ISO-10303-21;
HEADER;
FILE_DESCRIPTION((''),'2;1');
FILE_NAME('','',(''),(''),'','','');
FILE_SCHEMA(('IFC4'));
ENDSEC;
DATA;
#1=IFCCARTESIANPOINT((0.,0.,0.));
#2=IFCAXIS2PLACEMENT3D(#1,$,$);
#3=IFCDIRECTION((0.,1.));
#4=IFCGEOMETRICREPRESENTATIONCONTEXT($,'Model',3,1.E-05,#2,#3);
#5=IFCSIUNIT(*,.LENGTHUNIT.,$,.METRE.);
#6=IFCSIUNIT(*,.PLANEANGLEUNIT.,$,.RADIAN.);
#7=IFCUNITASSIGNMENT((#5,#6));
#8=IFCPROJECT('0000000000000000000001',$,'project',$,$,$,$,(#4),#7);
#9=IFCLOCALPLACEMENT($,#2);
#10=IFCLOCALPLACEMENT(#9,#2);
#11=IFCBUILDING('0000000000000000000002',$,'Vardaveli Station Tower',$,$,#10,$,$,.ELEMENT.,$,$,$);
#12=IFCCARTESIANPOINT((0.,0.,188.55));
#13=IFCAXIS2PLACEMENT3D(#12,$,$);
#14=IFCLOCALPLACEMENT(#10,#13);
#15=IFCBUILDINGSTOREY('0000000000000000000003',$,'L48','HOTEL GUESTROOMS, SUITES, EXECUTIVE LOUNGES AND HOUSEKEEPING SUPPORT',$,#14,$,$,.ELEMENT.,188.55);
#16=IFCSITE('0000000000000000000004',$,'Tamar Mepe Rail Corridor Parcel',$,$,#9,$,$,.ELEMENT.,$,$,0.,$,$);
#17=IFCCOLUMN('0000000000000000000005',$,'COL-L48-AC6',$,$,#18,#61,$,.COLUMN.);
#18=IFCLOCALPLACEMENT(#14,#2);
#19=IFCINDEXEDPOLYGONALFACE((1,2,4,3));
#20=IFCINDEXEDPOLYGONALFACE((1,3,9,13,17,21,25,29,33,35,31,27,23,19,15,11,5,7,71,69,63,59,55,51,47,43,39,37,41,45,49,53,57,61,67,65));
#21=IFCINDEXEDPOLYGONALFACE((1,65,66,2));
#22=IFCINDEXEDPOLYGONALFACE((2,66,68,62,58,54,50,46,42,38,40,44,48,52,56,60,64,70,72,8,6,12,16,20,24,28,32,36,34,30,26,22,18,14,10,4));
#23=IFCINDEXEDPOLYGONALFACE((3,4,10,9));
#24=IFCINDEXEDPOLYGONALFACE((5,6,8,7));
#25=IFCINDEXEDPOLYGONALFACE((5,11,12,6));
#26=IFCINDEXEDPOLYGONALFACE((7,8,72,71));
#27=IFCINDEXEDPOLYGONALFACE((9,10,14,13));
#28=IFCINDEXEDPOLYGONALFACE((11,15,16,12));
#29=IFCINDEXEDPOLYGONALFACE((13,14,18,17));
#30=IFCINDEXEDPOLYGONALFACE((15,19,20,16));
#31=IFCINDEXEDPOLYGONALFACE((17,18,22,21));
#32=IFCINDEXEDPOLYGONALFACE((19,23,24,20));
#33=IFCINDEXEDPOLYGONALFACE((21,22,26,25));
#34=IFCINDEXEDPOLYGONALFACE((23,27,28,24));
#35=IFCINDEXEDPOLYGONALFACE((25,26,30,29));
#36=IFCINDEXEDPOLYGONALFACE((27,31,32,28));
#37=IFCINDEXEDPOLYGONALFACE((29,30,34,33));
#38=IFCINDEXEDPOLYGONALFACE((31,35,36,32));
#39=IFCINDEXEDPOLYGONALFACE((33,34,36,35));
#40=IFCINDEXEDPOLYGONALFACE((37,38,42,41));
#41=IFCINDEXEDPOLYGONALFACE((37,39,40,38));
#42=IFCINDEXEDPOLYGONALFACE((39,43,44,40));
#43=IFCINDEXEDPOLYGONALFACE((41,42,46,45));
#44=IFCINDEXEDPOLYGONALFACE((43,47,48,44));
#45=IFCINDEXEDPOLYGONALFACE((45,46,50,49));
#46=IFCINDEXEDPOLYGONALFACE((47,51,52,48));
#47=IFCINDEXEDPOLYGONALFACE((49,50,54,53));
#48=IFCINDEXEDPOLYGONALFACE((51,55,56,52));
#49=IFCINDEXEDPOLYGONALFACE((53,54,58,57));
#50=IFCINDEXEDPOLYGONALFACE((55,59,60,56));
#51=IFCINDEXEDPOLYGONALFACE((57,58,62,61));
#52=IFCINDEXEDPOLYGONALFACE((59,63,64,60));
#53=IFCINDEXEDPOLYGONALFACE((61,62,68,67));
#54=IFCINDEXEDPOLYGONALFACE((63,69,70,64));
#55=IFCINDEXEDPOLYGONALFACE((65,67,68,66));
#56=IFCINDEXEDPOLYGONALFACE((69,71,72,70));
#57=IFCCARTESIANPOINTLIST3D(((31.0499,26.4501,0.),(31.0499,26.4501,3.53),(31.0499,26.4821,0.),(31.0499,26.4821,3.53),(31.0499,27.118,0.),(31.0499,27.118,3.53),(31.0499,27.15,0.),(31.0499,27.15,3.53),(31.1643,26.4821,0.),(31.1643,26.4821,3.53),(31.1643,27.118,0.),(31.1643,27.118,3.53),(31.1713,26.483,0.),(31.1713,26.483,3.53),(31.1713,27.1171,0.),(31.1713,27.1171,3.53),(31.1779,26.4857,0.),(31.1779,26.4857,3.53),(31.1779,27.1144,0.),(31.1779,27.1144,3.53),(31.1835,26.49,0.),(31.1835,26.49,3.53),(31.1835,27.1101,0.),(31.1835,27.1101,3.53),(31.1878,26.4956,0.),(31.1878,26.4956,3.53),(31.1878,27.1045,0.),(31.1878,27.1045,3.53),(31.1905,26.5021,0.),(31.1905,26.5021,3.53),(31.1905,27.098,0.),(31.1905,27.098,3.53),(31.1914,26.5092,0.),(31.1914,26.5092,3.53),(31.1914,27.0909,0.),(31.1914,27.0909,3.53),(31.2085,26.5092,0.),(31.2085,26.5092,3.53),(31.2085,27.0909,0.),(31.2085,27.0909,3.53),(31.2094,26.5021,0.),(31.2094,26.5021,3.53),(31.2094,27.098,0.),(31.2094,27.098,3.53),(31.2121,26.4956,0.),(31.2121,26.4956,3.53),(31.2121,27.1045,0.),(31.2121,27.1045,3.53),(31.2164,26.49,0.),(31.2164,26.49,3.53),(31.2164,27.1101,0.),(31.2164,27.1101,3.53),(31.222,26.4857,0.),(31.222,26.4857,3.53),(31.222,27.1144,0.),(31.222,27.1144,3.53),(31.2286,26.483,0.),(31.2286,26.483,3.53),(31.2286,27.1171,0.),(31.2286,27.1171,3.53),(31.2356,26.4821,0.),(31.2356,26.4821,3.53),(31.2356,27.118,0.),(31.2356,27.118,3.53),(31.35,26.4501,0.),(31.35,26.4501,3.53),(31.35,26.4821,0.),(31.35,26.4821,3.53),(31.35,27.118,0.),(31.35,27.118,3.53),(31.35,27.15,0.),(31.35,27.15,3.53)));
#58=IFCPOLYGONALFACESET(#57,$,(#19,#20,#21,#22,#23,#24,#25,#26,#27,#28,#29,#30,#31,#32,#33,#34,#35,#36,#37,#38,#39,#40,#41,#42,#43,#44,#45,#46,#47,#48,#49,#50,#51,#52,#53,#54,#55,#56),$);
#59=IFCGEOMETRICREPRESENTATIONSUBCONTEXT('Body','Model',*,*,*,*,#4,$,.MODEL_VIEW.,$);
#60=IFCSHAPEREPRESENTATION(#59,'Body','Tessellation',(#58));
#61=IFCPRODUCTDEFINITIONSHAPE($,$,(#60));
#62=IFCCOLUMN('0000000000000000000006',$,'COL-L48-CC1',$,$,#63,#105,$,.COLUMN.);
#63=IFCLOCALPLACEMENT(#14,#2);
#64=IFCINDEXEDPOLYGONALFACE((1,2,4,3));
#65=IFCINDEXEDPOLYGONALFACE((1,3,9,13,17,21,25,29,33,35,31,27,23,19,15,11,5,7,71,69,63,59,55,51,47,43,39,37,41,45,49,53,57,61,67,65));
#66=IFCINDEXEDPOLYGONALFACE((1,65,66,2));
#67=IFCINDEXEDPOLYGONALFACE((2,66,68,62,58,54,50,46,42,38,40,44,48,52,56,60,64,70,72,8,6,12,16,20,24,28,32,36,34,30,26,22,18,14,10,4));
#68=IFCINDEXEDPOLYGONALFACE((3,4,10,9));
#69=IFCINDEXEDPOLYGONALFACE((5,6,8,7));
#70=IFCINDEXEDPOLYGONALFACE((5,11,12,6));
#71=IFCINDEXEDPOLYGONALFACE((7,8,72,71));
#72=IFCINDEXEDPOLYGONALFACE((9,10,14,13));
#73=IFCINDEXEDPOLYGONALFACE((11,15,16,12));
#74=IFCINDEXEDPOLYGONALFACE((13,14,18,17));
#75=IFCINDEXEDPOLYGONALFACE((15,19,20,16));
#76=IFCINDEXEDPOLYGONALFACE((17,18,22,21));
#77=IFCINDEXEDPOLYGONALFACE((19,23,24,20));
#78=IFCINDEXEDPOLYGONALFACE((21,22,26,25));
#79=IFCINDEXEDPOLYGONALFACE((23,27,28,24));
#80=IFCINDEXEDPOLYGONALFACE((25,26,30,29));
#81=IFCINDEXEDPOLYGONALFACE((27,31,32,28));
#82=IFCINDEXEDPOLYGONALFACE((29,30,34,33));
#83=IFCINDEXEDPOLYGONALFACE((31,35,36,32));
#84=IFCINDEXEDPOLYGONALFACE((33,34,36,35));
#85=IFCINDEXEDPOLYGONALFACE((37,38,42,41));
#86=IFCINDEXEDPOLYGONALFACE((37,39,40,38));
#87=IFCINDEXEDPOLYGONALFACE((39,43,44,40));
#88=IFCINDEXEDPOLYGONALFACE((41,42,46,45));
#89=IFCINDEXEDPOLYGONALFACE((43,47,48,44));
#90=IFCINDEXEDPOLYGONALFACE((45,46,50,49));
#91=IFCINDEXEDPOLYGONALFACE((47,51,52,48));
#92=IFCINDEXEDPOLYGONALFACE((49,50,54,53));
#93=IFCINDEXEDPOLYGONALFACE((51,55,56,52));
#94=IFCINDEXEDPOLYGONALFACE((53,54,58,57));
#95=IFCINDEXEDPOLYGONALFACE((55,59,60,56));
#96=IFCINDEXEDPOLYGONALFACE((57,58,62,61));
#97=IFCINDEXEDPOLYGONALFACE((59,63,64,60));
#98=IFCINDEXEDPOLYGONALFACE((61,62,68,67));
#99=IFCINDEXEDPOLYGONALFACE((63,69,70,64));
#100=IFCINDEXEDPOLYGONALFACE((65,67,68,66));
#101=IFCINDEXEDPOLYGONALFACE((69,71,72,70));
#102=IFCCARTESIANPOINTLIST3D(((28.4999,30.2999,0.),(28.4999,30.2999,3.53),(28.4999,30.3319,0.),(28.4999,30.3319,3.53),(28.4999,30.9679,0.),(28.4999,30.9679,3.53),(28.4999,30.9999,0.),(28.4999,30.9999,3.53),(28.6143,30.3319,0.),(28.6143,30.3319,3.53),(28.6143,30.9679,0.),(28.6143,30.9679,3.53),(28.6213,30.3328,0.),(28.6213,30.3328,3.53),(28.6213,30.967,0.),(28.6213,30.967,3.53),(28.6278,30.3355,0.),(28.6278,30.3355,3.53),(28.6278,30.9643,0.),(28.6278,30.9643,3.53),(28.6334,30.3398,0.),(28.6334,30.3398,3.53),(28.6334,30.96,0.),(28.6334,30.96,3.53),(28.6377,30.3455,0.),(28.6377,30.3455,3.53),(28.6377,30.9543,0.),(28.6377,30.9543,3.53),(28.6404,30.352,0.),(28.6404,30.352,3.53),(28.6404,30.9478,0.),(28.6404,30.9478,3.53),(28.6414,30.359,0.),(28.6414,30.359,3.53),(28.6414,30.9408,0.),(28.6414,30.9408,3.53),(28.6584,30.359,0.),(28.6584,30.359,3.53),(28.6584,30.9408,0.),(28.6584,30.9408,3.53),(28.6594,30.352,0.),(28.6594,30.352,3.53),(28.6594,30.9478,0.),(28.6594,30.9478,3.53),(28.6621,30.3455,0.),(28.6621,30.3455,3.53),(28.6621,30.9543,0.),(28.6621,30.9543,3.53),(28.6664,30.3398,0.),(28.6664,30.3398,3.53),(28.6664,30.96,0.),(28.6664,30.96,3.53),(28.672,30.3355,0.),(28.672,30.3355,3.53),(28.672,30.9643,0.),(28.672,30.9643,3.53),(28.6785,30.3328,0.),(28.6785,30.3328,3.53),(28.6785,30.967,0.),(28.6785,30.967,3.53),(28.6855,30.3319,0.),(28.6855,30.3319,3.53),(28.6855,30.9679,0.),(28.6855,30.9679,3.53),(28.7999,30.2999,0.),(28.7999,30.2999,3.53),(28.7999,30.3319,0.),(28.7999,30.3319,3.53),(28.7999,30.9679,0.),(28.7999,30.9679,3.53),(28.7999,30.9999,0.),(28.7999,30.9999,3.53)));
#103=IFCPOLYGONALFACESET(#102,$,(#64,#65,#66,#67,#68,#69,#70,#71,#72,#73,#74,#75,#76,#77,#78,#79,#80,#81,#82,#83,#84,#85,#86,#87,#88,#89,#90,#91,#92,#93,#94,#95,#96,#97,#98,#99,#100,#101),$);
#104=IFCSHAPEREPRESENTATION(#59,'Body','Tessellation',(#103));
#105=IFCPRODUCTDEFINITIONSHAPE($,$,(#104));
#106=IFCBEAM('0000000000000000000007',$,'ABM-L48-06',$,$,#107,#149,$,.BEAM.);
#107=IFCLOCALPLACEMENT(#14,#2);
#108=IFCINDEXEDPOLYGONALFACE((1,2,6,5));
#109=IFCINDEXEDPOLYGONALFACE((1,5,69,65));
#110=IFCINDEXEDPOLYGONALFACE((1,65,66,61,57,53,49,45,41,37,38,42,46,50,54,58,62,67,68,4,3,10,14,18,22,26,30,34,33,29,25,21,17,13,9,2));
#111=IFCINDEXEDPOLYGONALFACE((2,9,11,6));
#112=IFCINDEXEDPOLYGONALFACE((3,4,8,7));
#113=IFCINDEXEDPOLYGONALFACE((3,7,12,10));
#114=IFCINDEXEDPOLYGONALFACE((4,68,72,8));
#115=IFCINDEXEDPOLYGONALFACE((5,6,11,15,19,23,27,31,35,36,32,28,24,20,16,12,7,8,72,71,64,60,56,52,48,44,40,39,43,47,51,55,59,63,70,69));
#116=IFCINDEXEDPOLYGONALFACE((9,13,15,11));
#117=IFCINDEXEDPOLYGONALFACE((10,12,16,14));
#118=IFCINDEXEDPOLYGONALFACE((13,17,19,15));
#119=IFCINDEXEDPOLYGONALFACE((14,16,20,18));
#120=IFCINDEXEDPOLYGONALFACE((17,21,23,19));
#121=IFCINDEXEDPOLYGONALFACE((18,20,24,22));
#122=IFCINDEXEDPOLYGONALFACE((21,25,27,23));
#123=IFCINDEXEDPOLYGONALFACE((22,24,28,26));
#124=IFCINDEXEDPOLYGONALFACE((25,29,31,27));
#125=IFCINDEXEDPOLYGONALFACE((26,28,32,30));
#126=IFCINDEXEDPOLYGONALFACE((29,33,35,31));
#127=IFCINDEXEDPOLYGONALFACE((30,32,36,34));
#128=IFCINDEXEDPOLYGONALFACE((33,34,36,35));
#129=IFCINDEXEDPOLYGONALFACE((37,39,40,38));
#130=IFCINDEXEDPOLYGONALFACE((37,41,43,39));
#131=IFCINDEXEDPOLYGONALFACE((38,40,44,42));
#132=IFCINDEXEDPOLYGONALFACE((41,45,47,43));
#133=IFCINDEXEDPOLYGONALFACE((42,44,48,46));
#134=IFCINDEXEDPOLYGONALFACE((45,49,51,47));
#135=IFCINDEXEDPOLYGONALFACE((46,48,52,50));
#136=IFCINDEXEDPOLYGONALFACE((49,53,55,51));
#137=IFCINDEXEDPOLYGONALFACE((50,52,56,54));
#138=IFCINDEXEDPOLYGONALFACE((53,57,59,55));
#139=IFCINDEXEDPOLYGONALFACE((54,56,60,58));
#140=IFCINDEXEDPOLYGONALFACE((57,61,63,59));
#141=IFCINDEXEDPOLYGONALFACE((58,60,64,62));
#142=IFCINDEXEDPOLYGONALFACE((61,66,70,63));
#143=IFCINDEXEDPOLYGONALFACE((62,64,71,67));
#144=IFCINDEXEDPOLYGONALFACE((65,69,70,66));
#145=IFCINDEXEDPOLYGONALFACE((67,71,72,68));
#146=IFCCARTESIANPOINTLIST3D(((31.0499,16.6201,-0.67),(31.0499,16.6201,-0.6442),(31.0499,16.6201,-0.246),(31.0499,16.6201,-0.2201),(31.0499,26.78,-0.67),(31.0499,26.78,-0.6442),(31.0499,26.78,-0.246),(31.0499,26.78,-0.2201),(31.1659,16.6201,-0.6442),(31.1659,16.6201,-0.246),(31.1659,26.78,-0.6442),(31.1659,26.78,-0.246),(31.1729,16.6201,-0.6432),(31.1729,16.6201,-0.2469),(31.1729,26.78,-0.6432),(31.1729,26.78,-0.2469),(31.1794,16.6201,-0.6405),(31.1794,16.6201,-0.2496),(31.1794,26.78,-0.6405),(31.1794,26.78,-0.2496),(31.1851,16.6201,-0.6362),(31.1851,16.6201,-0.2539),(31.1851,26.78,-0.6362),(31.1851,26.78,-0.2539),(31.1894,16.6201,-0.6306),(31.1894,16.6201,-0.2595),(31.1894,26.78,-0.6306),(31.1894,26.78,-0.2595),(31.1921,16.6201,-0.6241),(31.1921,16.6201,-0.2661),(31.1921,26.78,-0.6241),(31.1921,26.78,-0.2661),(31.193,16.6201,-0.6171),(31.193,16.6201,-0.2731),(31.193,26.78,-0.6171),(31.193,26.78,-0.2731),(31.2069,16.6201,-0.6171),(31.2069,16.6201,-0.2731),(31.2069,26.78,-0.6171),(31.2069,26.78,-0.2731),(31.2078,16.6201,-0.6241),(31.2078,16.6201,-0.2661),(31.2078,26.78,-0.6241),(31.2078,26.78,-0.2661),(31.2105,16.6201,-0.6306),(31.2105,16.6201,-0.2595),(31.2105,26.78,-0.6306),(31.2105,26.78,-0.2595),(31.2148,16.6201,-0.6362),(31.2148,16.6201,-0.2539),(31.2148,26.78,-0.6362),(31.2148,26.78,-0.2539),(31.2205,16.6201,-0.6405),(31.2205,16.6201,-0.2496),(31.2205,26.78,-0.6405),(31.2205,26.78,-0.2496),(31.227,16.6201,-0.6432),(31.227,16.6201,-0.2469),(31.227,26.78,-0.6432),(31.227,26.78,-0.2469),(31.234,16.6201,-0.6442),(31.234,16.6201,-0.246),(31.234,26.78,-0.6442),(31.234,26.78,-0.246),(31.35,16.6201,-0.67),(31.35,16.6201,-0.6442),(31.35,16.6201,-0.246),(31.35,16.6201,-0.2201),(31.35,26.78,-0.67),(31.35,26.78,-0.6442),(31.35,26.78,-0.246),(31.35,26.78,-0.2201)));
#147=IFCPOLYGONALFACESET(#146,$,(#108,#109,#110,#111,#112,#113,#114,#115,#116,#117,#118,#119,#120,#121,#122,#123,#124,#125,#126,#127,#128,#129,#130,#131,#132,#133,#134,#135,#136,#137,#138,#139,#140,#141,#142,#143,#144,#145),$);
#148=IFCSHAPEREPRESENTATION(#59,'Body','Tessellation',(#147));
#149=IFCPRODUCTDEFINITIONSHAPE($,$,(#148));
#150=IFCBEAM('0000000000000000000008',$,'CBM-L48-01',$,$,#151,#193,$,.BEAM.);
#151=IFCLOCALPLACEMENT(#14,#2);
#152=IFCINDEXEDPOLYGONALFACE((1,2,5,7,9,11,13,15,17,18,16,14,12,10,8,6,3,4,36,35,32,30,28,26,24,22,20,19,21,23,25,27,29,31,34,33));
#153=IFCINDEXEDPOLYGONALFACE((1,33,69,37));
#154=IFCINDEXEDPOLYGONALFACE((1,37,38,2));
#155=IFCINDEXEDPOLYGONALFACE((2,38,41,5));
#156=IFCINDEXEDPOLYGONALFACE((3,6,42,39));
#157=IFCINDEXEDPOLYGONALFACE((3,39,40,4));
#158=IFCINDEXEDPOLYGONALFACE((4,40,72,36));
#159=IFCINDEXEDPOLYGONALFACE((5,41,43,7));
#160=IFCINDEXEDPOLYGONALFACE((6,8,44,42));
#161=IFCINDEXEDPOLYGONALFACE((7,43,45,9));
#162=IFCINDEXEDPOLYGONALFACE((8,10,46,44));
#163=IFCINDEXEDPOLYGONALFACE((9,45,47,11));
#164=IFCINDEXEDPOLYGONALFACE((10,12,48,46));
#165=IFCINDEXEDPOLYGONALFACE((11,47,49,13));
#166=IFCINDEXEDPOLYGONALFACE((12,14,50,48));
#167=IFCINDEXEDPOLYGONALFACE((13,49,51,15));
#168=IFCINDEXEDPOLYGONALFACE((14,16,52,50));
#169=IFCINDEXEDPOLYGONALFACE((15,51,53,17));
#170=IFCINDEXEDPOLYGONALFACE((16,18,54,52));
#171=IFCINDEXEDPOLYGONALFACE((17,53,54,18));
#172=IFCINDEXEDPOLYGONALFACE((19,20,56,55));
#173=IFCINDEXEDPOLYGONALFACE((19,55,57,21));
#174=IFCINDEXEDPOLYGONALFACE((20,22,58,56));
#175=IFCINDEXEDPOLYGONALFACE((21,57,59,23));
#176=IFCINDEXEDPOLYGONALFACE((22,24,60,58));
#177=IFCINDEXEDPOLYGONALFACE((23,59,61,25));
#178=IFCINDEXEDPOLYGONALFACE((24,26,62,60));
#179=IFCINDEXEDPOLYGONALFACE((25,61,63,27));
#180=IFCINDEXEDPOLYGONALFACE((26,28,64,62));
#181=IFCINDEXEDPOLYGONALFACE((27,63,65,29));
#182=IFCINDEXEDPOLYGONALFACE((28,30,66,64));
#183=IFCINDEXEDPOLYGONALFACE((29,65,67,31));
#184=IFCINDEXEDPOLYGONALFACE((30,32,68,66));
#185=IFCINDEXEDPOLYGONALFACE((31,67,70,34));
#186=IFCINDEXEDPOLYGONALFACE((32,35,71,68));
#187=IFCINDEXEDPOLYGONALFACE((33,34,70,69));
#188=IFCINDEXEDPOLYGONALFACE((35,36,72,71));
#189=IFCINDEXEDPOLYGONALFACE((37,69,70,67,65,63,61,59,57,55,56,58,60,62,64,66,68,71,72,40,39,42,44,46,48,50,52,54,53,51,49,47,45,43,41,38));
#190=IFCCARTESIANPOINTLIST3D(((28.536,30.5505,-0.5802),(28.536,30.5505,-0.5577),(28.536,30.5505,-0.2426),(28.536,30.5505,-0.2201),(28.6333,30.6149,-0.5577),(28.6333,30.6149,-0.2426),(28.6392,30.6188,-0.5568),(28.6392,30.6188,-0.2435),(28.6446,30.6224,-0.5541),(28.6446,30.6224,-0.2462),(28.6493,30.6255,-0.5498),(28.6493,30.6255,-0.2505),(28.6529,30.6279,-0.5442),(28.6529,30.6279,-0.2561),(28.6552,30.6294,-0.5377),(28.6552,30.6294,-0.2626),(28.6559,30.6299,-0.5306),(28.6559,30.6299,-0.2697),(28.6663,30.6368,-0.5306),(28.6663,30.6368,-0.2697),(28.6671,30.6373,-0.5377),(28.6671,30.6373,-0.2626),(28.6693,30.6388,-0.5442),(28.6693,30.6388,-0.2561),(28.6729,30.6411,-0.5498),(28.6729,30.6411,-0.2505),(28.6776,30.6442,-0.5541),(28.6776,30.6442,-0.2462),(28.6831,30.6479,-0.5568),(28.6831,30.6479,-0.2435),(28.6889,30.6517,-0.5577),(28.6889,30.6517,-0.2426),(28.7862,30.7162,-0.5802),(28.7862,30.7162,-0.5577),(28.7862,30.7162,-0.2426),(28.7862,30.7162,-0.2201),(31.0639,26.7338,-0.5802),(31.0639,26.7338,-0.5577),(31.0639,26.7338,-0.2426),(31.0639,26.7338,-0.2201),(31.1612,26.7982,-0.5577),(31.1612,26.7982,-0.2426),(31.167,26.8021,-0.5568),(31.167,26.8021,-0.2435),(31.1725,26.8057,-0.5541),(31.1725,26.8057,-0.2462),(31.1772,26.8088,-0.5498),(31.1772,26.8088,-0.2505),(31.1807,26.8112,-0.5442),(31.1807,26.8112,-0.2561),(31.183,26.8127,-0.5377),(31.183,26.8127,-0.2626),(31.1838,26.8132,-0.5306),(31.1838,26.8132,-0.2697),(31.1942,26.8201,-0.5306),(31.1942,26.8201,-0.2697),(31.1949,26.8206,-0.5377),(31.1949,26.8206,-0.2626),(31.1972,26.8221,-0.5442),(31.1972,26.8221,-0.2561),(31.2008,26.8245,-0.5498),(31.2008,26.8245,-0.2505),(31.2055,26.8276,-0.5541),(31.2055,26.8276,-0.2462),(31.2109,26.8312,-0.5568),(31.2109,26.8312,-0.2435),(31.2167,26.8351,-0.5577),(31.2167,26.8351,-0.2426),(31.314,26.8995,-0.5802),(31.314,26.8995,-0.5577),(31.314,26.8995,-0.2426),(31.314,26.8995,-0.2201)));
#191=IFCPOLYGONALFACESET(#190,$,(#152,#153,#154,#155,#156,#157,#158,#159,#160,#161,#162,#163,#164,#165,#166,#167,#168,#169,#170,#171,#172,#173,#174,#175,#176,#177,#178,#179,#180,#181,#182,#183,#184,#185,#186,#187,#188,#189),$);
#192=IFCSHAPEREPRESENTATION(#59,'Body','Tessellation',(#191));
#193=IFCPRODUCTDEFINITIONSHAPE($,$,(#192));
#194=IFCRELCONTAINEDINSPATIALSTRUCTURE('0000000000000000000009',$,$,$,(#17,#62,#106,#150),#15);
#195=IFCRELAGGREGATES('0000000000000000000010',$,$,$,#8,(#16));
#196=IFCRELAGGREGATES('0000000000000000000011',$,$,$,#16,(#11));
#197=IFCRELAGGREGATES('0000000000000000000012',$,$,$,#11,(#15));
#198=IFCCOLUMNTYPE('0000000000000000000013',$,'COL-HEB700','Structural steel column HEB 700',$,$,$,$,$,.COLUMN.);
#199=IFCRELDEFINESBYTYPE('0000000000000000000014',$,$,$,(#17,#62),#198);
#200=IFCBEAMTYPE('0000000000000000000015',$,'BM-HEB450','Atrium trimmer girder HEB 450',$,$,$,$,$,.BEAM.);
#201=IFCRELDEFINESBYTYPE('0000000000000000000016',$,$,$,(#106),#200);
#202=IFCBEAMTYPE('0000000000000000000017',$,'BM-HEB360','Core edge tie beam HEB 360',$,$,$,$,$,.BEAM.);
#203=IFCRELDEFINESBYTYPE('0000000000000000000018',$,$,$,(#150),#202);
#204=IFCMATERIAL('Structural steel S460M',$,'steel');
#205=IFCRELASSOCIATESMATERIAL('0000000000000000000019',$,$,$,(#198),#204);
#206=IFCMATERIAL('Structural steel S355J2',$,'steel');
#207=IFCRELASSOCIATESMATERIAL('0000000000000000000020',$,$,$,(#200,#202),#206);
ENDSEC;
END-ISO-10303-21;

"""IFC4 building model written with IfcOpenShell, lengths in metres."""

from ifc_helpers import new_model, si_unit, direction, frame, origin, origin_2d, place, context, subcontext, project, spatial, i_section, extrude, source, transform, mapped, material, material_profile, profile_set, type_object, element, save


model = new_model("IFC4")

# Units and contexts
model_context = context("Model", 3, precision=1e-05, world=origin(), true_north=direction((0.0, 1.0)))
body_context = subcontext(model_context, "Body", "Model", "MODEL_VIEW")
ifc_project = project(units=[si_unit("LENGTHUNIT", "METRE"), si_unit("PLANEANGLEUNIT", "RADIAN")], contexts=[model_context])

# Site, building, storey
site_placement = place(None, origin())
site = spatial("IfcSite", under=ifc_project, at=site_placement, Name="Tamar Mepe Rail Corridor Parcel", CompositionType="ELEMENT", RefElevation=0.0)
building_placement = place(site_placement, origin())
building = spatial("IfcBuilding", under=site, at=building_placement, Name="Vardaveli Station Tower", CompositionType="ELEMENT")
storey_placement = place(building_placement, frame((0.0, 0.0, 188.55)))
storey = spatial("IfcBuildingStorey", under=building, at=storey_placement, Name="L48", Description="HOTEL GUESTROOMS, SUITES, EXECUTIVE LOUNGES AND HOUSEKEEPING SUPPORT", CompositionType="ELEMENT", Elevation=188.55)

# Columns
ifc_material_1 = material(Name="Structural steel S460M", Category="steel")
ifc_material_profile_1 = material_profile(ifc_material_1, i_section(OverallWidth=0.3, OverallDepth=0.7, WebThickness=0.0171, FlangeThickness=0.032, FilletRadius=0.0271, at=origin_2d()), Name="HEB 700")
ifc_profile_set_1 = profile_set([ifc_material_profile_1], Name="Structural steel S460M")
column_type = type_object("IfcColumnType", Name="COL-HEB700", Description="Structural steel column HEB 700", PredefinedType="COLUMN", material=ifc_profile_set_1)
shared_shape_1 = source(origin(), body_context, "Body", "SweptSolid", [
    extrude(i_section(OverallWidth=0.3, OverallDepth=0.7, WebThickness=0.0171, FlangeThickness=0.032, FilletRadius=0.0271, at=origin_2d()), origin(), (0.0, 0.0, 1.0), 3.53),
])
for number, where, z_axis, x_axis, name in (
    (1, (31.2, 26.8, 0.0), (0.0, 0.0, 1.0), (1.0, 0.0, 0.0), "COL-L48-AC6"),
    (2, (28.6499, 30.6499, 0.0), (0.0, 0.0, 1.0), (1.0, 0.0, 0.0), "COL-L48-CC1"),
):
    element("IfcColumn", number, at=place(storey_placement, frame(where, z_axis=z_axis, x_axis=x_axis)), inside=storey, type_object=column_type, Name=name, PredefinedType="COLUMN", context=body_context, shape_type="MappedRepresentation", body=[
        mapped(shared_shape_1, transform((0.0, 0.0, 0.0), scale=1.0)),
    ])

# Beams
ifc_material_2 = material(Name="Structural steel S355J2", Category="steel")
ifc_material_profile_2 = material_profile(ifc_material_2, i_section(OverallWidth=0.3, OverallDepth=0.45, WebThickness=0.0139, FlangeThickness=0.0259, FilletRadius=0.0271, at=origin_2d()), Name="HEB 450")
ifc_profile_set_2 = profile_set([ifc_material_profile_2], Name="Structural steel S355J2")
beam_type_1 = type_object("IfcBeamType", Name="BM-HEB450", Description="Atrium trimmer girder HEB 450", PredefinedType="BEAM", material=ifc_profile_set_2)
shared_shape_2 = source(origin(), body_context, "Body", "SweptSolid", [
    extrude(i_section(OverallWidth=0.3, OverallDepth=0.45, WebThickness=0.0139, FlangeThickness=0.0259, FilletRadius=0.0271, at=origin_2d()), origin(), (0.0, 0.0, 1.0), 10.1599),
])
beam_1_placement = place(storey_placement, frame((31.2, 26.78, -0.4451), z_axis=(0.0, -1.0, 0.0), x_axis=(1.0, 0.0, 0.0)))
element("IfcBeam", 3, at=beam_1_placement, inside=storey, type_object=beam_type_1, Name="ABM-L48-06", PredefinedType="BEAM", context=body_context, shape_type="MappedRepresentation", body=[
    mapped(shared_shape_2, transform((0.0, 0.0, 0.0), scale=1.0)),
])
ifc_material_profile_3 = material_profile(ifc_material_2, i_section(OverallWidth=0.3, OverallDepth=0.3601, WebThickness=0.0125, FlangeThickness=0.0225, FilletRadius=0.0271, at=origin_2d()), Name="HEB 360")
ifc_profile_set_3 = profile_set([ifc_material_profile_3], Name="Structural steel S355J2")
beam_type_2 = type_object("IfcBeamType", Name="BM-HEB360", Description="Core edge tie beam HEB 360", PredefinedType="BEAM", material=ifc_profile_set_3)
shared_shape_3 = source(origin(), body_context, "Body", "SweptSolid", [
    extrude(i_section(OverallWidth=0.3, OverallDepth=0.3601, WebThickness=0.0125, FlangeThickness=0.0225, FilletRadius=0.0271, at=origin_2d()), origin(), (0.0, 0.0, 1.0), 4.5779),
])
beam_2_placement = place(storey_placement, frame((31.189, 26.8167, -0.4001), z_axis=(-0.552187, 0.83372, 0.0), x_axis=(-0.83372, -0.552187, 0.0)))
element("IfcBeam", 4, at=beam_2_placement, inside=storey, type_object=beam_type_2, Name="CBM-L48-01", PredefinedType="BEAM", context=body_context, shape_type="MappedRepresentation", body=[
    mapped(shared_shape_3, transform((0.0, 0.0, 0.0), scale=1.0)),
])

save(model, "model.ifc")
